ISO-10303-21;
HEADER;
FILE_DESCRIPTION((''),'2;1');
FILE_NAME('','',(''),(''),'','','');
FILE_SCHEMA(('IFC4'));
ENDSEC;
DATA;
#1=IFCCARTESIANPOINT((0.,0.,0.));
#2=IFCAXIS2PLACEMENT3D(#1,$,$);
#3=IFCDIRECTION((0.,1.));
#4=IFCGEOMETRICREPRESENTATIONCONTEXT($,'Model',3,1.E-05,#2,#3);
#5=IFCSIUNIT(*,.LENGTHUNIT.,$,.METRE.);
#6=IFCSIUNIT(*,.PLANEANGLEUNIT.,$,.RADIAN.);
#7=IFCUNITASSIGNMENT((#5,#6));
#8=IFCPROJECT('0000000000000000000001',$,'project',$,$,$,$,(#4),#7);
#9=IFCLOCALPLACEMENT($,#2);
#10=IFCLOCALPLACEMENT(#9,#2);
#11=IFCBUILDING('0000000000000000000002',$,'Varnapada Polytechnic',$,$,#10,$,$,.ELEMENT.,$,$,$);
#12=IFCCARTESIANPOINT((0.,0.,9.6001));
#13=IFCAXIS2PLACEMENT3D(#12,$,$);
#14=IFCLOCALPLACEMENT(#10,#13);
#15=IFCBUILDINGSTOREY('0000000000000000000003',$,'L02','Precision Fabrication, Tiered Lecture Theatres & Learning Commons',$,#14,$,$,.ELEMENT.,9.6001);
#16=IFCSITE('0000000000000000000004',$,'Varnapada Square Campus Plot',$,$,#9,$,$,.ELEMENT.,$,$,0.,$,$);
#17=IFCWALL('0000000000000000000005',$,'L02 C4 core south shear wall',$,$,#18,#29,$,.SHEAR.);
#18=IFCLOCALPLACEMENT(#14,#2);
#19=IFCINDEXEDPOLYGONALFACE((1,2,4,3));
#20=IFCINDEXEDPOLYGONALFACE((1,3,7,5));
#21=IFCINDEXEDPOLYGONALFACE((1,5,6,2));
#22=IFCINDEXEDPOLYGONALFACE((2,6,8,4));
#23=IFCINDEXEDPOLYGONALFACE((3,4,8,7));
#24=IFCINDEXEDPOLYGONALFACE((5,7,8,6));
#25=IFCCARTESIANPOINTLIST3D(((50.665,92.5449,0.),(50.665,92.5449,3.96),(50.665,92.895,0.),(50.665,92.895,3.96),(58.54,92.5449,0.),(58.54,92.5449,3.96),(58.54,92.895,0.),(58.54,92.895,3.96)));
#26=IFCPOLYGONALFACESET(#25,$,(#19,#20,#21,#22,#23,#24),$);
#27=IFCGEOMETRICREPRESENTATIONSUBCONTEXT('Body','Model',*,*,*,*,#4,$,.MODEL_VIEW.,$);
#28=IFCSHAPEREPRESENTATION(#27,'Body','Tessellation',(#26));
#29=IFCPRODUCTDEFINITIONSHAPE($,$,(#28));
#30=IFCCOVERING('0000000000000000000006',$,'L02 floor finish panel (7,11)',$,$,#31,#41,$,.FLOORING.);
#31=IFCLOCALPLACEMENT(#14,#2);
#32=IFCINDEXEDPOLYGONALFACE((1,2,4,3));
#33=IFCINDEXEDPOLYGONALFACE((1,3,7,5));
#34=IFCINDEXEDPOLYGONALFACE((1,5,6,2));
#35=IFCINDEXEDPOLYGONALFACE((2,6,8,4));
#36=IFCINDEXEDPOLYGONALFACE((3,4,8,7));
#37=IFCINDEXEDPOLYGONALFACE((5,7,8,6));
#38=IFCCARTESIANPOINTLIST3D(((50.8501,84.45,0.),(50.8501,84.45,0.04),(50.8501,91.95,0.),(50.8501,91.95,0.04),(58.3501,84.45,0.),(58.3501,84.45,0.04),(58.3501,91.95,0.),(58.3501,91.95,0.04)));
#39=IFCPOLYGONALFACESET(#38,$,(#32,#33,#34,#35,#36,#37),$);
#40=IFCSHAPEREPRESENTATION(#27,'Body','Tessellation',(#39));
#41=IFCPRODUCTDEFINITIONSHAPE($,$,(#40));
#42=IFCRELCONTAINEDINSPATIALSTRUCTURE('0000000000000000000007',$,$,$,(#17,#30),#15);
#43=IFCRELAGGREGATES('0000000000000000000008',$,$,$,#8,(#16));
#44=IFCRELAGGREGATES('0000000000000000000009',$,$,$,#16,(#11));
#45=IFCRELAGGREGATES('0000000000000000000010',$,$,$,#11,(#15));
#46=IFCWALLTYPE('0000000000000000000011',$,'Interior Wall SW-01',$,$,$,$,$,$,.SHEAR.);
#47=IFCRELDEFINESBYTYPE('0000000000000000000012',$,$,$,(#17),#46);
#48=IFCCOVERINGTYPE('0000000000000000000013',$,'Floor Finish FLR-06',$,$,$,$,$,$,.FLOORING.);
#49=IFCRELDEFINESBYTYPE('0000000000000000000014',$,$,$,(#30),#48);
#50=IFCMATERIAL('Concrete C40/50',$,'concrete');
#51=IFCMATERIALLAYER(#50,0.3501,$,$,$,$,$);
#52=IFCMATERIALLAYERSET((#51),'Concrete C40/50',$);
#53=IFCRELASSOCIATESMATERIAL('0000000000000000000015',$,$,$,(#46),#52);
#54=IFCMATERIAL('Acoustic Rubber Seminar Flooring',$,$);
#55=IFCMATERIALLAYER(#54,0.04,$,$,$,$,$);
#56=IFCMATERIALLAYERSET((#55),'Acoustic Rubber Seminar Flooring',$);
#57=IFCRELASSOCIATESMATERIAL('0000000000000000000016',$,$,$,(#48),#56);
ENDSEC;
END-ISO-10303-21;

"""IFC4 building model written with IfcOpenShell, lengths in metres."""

from ifc_helpers import new_model, si_unit, direction, frame, frame_2d, origin, origin_2d, place, context, subcontext, project, spatial, rectangle, extrude, material, layer, layer_set, type_object, element, save


model = new_model("IFC4")

# Units and contexts
model_context = context("Model", 3, precision=1e-05, world=origin(), true_north=direction((0.0, 1.0)))
body_context = subcontext(model_context, "Body", "Model", "MODEL_VIEW")
ifc_project = project(units=[si_unit("LENGTHUNIT", "METRE"), si_unit("PLANEANGLEUNIT", "RADIAN")], contexts=[model_context])

# Site, building, storey
site_placement = place(None, origin())
site = spatial("IfcSite", under=ifc_project, at=site_placement, Name="Varnapada Square Campus Plot", CompositionType="ELEMENT", RefElevation=0.0)
building_placement = place(site_placement, origin())
building = spatial("IfcBuilding", under=site, at=building_placement, Name="Varnapada Polytechnic", CompositionType="ELEMENT")
storey_placement = place(building_placement, frame((0.0, 0.0, 9.6001)))
storey = spatial("IfcBuildingStorey", under=building, at=storey_placement, Name="L02", Description="Precision Fabrication, Tiered Lecture Theatres & Learning Commons", CompositionType="ELEMENT", Elevation=9.6001)

# Wall
ifc_material_1 = material(Name="Concrete C40/50", Category="concrete")
ifc_layer_1 = layer(ifc_material_1, 0.3501)
ifc_layer_set_1 = layer_set([ifc_layer_1], Name="Concrete C40/50")
wall_type_1 = type_object("IfcWallType", Name="Interior Wall SW-01", PredefinedType="SHEAR", material=ifc_layer_set_1)
wall_1_placement = place(storey_placement, frame((58.54, 92.72, 0.0), z_axis=(0.0, 0.0, 1.0), x_axis=(-1.0, 0.0, 0.0)))
element("IfcWall", 1, at=wall_1_placement, inside=storey, type_object=wall_type_1, Name="L02 C4 core south shear wall", PredefinedType="SHEAR", context=body_context, shape_type="SweptSolid", body=[
    extrude(rectangle(XDim=7.875, YDim=0.3501, at=frame_2d((3.9375, 0.0))), origin(), (0.0, 0.0, 1.0), 3.96),
])

# Covering
ifc_material_2 = material(Name="Acoustic Rubber Seminar Flooring")
ifc_layer_2 = layer(ifc_material_2, 0.04)
ifc_layer_set_2 = layer_set([ifc_layer_2], Name="Acoustic Rubber Seminar Flooring")
covering_type = type_object("IfcCoveringType", Name="Floor Finish FLR-06", PredefinedType="FLOORING", material=ifc_layer_set_2)
covering_placement = place(storey_placement, frame((54.6001, 88.2, 0.0), z_axis=(0.0, 0.0, 1.0), x_axis=(1.0, 0.0, 0.0)))
element("IfcCovering", 2, at=covering_placement, inside=storey, type_object=covering_type, Name="L02 floor finish panel (7,11)", PredefinedType="FLOORING", context=body_context, shape_type="SweptSolid", body=[
    extrude(rectangle(XDim=7.5, YDim=7.5, at=origin_2d()), origin(), (0.0, 0.0, 1.0), 0.04),
])

save(model, "model.ifc")
